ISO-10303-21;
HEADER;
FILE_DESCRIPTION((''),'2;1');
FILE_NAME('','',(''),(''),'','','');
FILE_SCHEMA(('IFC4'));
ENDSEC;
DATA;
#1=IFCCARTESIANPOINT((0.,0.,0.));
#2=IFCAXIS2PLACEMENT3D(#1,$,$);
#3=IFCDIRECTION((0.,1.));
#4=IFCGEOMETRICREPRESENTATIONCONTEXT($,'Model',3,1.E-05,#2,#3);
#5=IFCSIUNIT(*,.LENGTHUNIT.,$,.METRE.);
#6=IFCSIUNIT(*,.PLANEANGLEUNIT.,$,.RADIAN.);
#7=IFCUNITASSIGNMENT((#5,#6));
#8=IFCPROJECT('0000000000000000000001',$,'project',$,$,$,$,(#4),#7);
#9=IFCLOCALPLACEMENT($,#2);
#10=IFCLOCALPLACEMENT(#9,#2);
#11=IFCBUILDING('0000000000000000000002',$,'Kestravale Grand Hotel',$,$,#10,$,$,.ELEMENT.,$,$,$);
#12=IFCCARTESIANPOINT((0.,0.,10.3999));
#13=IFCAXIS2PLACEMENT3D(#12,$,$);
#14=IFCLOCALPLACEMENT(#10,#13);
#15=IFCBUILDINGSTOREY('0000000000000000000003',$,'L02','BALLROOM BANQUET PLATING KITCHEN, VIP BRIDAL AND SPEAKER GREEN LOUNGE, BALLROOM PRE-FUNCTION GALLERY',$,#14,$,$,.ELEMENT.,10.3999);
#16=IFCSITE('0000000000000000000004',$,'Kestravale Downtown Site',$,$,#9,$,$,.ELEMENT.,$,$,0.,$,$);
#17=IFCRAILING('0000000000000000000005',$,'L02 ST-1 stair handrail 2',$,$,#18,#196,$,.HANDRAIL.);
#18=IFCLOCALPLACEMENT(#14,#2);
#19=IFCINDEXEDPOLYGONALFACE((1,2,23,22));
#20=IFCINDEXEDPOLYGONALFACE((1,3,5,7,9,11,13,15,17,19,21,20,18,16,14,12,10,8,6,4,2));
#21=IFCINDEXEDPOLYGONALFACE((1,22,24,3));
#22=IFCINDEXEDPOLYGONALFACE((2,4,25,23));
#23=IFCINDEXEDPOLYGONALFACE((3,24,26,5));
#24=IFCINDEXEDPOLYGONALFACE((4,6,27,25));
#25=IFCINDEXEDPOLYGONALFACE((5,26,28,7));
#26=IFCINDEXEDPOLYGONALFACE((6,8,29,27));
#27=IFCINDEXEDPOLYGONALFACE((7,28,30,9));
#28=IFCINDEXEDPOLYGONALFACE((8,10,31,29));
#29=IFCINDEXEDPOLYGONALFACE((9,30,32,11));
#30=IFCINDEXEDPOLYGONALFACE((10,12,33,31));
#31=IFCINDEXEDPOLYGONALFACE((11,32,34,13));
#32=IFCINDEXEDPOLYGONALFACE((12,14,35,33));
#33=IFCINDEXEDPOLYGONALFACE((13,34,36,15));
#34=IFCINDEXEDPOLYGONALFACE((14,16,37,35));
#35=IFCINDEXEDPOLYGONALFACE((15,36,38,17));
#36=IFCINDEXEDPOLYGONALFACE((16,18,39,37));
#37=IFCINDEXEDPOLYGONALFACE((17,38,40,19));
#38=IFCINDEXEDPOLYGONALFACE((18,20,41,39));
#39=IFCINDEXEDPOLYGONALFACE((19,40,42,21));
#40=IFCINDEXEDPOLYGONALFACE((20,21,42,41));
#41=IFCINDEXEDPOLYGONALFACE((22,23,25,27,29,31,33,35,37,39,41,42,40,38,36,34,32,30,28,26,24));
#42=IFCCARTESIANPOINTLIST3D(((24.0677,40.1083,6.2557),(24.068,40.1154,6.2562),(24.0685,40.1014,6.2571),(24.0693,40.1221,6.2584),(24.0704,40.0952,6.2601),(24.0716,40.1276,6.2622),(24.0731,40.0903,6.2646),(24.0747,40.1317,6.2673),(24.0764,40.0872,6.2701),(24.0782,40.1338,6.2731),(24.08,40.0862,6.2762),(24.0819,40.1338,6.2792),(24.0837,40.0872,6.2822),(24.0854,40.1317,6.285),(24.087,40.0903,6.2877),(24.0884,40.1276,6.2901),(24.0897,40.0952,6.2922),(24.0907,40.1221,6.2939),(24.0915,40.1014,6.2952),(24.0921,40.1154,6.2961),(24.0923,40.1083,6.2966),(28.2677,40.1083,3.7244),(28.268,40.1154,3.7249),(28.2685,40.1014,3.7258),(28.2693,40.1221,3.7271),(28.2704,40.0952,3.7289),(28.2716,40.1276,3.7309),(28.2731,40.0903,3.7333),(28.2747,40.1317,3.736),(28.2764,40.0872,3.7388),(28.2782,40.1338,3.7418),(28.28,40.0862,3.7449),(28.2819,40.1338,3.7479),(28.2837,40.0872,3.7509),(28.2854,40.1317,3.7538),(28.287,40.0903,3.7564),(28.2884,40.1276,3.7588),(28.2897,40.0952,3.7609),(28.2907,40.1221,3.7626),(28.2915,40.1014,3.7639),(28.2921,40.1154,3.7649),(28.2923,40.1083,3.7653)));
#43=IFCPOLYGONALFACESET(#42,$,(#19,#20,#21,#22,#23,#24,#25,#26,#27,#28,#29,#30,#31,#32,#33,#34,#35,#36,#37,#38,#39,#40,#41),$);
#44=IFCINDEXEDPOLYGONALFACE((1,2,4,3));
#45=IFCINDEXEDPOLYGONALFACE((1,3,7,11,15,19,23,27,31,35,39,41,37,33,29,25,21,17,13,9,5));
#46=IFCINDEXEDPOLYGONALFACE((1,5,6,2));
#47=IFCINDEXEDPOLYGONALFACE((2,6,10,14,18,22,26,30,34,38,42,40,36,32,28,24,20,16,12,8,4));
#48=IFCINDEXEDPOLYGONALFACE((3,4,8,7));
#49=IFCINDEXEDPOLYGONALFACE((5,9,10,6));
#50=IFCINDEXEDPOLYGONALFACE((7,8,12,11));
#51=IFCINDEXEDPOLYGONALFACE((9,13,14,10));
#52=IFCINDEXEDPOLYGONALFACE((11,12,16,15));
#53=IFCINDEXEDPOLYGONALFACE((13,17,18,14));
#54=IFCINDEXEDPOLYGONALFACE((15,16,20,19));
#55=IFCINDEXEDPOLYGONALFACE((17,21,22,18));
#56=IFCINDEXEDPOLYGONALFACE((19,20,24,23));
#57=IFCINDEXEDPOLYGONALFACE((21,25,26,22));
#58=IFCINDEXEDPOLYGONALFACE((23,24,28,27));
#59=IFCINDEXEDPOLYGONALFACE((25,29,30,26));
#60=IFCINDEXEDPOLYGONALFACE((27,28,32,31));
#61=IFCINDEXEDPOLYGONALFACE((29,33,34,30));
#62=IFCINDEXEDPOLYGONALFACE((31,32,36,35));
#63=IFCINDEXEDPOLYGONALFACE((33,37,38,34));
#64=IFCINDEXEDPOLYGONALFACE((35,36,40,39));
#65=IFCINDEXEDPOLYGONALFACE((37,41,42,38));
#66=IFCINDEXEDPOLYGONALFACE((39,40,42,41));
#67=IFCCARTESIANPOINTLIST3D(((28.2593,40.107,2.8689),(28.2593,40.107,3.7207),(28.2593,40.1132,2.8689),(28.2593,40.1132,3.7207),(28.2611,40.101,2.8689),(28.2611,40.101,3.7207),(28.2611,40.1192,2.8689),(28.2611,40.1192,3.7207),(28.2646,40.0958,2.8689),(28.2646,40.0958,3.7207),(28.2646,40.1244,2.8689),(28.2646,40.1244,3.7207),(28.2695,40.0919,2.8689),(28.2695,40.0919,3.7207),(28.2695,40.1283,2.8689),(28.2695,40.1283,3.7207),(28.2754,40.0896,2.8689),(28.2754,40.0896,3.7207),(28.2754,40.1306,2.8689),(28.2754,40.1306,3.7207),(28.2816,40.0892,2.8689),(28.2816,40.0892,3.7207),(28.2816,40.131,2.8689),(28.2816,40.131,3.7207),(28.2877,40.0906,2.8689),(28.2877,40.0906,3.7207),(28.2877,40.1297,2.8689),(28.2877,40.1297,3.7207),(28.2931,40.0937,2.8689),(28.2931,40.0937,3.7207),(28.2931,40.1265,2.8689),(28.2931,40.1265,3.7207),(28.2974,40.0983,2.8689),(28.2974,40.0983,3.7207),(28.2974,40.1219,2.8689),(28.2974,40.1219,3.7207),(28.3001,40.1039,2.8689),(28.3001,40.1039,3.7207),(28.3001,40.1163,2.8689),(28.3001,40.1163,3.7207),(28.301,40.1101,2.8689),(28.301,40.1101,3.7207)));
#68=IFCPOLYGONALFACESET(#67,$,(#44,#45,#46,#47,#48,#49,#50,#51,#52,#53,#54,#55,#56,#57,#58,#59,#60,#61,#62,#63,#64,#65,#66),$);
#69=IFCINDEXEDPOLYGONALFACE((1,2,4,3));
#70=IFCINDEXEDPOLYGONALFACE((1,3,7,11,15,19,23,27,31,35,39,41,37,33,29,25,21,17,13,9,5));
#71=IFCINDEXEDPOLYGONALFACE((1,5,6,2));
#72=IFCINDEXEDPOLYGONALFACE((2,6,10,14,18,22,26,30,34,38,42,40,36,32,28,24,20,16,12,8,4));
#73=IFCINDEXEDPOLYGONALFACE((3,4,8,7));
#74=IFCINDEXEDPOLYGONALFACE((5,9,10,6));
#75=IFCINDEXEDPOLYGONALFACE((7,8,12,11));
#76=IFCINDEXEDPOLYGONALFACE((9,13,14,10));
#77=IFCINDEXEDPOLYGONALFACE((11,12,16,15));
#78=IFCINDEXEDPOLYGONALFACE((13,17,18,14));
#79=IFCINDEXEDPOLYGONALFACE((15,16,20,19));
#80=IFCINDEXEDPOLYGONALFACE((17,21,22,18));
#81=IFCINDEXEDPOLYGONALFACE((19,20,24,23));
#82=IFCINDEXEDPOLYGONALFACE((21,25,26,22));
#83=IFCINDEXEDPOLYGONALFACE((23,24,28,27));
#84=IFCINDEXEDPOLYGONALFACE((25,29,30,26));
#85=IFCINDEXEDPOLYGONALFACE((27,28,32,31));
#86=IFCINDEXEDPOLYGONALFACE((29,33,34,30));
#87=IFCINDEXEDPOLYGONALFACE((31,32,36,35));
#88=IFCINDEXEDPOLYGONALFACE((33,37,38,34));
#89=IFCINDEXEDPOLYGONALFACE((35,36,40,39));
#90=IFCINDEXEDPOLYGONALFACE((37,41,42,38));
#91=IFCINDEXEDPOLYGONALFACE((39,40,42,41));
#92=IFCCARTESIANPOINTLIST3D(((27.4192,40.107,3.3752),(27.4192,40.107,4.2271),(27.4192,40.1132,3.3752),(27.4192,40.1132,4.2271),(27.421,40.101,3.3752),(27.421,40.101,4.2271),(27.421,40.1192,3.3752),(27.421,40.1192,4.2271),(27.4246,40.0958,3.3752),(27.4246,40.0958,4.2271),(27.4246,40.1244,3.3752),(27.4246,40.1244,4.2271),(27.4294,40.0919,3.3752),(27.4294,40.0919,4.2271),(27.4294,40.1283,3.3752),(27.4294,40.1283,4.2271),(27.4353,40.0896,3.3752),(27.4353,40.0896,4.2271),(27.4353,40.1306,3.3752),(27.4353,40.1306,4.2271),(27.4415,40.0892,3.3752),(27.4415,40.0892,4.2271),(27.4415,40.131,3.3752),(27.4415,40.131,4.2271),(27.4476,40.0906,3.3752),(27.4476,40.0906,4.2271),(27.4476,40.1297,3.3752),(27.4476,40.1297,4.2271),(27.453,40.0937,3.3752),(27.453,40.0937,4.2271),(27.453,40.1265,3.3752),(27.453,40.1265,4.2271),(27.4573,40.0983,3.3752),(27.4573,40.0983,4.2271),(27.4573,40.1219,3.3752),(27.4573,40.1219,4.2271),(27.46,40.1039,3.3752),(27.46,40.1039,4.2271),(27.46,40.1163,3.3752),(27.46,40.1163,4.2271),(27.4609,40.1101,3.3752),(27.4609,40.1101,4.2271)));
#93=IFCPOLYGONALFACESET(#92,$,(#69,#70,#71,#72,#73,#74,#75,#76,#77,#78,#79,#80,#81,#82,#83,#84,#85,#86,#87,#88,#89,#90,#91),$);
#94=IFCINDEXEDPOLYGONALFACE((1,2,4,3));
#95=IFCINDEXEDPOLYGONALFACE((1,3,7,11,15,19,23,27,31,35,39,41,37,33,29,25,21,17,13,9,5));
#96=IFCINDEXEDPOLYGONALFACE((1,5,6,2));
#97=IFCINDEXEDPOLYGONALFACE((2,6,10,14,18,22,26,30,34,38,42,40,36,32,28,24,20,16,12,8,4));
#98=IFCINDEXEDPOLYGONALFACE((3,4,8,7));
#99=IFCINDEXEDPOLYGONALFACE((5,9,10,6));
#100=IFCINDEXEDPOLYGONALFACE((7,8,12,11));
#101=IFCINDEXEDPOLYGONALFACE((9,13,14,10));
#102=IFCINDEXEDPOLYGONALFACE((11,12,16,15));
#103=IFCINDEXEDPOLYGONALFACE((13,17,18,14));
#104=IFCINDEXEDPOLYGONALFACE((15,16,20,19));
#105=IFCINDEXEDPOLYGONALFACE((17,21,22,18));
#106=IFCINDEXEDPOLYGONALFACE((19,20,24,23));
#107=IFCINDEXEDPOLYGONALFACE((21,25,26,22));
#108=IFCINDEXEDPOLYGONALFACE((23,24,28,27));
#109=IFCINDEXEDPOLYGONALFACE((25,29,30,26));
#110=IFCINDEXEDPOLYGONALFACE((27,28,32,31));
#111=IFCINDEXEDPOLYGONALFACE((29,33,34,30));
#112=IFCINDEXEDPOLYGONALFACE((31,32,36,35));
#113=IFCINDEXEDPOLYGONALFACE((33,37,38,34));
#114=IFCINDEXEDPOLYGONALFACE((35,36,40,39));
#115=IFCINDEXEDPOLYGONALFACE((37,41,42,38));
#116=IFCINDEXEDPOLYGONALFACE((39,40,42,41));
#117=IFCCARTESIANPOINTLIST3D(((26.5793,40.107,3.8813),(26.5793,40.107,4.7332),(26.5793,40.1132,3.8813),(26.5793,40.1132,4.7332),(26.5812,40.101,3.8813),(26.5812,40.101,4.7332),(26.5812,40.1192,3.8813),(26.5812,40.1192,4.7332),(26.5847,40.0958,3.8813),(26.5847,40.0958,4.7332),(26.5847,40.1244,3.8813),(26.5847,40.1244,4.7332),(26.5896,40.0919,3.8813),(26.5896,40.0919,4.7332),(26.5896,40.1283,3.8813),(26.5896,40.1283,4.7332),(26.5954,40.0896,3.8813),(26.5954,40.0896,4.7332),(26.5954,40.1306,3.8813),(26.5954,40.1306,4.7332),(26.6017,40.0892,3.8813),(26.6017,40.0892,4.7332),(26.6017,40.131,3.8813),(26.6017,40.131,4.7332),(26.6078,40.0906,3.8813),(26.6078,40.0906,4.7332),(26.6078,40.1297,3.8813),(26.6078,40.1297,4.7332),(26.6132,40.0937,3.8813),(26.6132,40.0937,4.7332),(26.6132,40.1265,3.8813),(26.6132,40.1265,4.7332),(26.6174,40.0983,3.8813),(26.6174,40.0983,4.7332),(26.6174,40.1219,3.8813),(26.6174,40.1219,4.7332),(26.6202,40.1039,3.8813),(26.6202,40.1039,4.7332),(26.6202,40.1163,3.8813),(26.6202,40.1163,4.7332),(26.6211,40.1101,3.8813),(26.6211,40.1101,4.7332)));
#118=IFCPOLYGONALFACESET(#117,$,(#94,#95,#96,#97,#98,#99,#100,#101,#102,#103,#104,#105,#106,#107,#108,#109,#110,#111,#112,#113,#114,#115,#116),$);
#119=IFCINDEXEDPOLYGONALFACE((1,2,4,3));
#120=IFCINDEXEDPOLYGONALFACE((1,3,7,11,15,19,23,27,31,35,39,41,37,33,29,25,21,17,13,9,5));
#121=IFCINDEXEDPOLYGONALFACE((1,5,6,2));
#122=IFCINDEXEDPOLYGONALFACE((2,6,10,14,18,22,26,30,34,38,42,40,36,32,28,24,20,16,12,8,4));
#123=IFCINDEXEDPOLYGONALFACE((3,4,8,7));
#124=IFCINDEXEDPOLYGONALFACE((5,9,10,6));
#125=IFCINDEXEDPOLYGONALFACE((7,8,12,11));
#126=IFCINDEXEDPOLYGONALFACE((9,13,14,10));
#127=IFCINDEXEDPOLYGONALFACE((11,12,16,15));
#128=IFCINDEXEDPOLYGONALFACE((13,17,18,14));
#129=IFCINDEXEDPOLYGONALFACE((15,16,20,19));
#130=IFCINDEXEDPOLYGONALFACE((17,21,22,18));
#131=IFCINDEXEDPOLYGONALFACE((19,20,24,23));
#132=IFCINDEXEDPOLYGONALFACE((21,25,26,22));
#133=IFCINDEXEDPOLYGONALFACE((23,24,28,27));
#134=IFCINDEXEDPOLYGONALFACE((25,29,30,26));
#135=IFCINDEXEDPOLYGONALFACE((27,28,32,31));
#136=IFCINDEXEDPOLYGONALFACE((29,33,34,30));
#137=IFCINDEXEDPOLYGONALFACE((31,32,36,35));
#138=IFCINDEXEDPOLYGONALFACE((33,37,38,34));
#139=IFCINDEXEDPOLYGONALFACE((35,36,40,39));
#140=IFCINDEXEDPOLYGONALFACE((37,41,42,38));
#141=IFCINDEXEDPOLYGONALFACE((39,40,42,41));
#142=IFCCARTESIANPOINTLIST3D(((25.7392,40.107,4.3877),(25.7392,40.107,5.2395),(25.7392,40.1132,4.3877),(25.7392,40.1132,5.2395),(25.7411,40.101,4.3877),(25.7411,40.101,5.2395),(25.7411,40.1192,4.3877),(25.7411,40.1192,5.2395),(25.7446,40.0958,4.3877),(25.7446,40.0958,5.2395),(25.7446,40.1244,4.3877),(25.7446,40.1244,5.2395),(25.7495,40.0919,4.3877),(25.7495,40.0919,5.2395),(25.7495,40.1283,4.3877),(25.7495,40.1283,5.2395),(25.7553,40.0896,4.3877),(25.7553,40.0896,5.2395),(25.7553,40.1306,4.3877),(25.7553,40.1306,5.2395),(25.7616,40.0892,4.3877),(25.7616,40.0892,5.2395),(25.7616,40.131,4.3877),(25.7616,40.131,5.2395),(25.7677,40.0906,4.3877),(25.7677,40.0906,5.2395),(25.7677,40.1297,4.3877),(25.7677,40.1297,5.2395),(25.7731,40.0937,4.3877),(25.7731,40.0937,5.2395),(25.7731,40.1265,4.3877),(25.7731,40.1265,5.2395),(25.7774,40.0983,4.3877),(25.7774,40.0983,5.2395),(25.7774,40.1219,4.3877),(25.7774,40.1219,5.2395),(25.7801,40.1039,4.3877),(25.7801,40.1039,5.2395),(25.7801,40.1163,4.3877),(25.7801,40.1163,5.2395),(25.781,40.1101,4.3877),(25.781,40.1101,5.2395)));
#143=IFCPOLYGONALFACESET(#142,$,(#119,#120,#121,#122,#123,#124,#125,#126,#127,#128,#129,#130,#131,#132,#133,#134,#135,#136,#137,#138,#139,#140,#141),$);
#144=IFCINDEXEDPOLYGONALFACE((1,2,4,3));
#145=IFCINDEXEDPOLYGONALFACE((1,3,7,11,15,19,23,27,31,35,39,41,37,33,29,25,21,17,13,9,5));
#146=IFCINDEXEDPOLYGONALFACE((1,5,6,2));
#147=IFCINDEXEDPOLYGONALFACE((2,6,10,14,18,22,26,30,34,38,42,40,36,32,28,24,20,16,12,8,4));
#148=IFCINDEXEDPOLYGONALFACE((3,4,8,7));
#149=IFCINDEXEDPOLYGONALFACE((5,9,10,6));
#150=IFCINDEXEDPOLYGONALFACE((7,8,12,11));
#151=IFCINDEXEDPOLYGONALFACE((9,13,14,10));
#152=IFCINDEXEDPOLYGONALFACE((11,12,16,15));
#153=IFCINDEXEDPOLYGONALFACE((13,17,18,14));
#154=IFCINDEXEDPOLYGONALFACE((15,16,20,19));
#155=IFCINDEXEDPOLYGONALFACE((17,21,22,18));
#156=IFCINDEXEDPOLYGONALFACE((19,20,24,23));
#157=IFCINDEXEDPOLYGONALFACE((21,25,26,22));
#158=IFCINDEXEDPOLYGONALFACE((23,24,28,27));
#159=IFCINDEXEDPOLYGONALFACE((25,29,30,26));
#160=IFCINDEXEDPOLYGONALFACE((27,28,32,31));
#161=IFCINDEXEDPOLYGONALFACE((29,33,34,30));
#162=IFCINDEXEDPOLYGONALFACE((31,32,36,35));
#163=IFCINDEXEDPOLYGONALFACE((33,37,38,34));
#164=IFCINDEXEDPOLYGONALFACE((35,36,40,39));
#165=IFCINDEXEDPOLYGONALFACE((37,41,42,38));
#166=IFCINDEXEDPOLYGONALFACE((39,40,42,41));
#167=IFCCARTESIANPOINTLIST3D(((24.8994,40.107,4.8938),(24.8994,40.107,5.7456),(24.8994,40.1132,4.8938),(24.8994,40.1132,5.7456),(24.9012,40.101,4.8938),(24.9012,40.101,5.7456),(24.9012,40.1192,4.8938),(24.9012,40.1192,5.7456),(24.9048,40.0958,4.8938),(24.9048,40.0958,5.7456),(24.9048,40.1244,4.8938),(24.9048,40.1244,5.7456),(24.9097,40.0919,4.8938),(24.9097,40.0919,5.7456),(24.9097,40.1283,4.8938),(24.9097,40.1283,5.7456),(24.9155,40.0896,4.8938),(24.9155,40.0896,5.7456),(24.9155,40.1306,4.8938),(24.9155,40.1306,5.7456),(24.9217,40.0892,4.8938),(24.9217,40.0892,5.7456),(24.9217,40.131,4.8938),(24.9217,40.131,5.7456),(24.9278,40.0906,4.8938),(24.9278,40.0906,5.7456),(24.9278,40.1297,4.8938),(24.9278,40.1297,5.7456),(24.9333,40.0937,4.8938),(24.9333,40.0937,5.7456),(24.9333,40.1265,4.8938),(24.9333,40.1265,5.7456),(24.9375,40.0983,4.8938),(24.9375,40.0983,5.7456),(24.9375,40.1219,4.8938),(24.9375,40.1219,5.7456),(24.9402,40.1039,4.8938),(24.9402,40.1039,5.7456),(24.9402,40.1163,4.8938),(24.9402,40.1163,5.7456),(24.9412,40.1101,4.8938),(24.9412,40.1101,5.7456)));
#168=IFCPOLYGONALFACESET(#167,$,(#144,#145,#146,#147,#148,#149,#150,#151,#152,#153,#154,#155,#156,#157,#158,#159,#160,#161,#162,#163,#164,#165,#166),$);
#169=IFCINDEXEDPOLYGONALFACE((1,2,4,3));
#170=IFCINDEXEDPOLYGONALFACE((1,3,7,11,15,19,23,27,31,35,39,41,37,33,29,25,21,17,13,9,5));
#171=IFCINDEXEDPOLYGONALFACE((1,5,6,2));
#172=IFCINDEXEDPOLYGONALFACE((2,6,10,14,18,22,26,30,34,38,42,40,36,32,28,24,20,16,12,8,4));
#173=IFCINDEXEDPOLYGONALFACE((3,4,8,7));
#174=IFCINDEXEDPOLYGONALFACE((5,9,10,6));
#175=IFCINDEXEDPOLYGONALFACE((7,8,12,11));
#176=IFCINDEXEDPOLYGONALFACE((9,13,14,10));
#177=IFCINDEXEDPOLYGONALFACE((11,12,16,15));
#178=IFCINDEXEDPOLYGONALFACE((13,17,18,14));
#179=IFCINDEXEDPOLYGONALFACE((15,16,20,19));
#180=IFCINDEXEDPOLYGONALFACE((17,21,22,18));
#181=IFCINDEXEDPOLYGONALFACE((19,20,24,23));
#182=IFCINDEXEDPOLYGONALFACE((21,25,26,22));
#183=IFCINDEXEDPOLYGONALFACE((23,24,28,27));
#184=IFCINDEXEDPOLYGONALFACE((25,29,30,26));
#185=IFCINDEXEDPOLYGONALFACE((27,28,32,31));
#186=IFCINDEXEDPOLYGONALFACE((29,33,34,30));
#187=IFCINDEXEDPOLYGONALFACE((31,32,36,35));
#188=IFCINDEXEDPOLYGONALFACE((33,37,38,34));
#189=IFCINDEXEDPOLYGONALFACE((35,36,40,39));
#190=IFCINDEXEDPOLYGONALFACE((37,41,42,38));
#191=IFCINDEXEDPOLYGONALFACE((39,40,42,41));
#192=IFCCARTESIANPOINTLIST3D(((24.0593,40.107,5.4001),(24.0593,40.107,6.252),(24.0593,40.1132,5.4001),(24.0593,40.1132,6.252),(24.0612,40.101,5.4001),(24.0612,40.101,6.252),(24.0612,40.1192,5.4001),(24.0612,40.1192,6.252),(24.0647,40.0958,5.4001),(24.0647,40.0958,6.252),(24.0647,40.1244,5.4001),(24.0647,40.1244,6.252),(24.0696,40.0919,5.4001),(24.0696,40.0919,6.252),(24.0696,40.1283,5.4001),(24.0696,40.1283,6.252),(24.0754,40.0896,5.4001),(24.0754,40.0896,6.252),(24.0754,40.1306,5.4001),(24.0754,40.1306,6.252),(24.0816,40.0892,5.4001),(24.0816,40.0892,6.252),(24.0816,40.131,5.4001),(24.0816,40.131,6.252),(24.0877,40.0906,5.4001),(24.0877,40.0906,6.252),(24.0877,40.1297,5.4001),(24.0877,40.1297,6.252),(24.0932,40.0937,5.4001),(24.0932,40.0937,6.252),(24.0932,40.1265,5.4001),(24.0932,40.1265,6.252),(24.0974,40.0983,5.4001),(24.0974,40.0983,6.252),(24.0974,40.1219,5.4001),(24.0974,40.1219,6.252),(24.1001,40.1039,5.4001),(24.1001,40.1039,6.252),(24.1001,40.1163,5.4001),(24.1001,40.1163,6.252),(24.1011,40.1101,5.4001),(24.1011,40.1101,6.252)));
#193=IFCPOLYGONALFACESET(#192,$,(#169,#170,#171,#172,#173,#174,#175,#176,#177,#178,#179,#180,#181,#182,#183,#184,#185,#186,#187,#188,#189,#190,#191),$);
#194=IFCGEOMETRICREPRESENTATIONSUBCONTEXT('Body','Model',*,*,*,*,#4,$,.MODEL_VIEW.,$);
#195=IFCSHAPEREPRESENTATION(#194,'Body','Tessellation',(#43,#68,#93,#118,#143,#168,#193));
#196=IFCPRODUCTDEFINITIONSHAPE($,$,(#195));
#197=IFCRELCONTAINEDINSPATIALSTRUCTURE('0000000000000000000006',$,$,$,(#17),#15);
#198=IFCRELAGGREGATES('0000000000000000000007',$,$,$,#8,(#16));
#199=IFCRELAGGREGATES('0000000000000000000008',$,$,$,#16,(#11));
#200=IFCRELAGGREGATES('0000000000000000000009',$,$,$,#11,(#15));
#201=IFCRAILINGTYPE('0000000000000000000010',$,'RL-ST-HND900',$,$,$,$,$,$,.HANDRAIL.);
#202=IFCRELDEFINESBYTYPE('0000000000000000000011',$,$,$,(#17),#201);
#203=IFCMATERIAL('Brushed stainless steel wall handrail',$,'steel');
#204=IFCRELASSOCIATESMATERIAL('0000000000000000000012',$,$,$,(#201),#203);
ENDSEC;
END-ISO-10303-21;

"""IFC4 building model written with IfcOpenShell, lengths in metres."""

from ifc_helpers import new_model, si_unit, direction, frame, origin, origin_2d, place, context, subcontext, project, spatial, circle, extrude, material, type_object, element, save


model = new_model("IFC4")

# Units and contexts
model_context = context("Model", 3, precision=1e-05, world=origin(), true_north=direction((0.0, 1.0)))
body_context = subcontext(model_context, "Body", "Model", "MODEL_VIEW")
ifc_project = project(units=[si_unit("LENGTHUNIT", "METRE"), si_unit("PLANEANGLEUNIT", "RADIAN")], contexts=[model_context])

# Site, building, storey
site_placement = place(None, origin())
site = spatial("IfcSite", under=ifc_project, at=site_placement, Name="Kestravale Downtown Site", CompositionType="ELEMENT", RefElevation=0.0)
building_placement = place(site_placement, origin())
building = spatial("IfcBuilding", under=site, at=building_placement, Name="Kestravale Grand Hotel", CompositionType="ELEMENT")
storey_placement = place(building_placement, frame((0.0, 0.0, 10.3999)))
storey = spatial("IfcBuildingStorey", under=building, at=storey_placement, Name="L02", Description="BALLROOM BANQUET PLATING KITCHEN, VIP BRIDAL AND SPEAKER GREEN LOUNGE, BALLROOM PRE-FUNCTION GALLERY", CompositionType="ELEMENT", Elevation=10.3999)

# Railing
ifc_material_1 = material(Name="Brushed stainless steel wall handrail", Category="steel")
railing_type_1 = type_object("IfcRailingType", Name="RL-ST-HND900", PredefinedType="HANDRAIL", material=ifc_material_1)
railing_1_placement = place(storey_placement, frame((28.28, 40.1101, 2.8689)))
element("IfcRailing", 1, at=railing_1_placement, inside=storey, type_object=railing_type_1, Name="L02 ST-1 stair handrail 2", PredefinedType="HANDRAIL", context=body_context, shape_type="SweptSolid", body=[
    extrude(circle(Radius=0.0239, at=origin_2d()), frame((0.0, 0.0, 0.876), z_axis=(-0.856476, 0.0, 0.516186), x_axis=(0.0, -1.0, 0.0)), (0.0, 0.0, 1.0), 4.9038),
    extrude(circle(Radius=0.021, at=origin_2d()), origin(), (0.0, 0.0, 1.0), 0.8518),
    extrude(circle(Radius=0.021, at=origin_2d()), frame((-0.8401, 0.0, 0.5063)), (0.0, 0.0, 1.0), 0.8518),
    extrude(circle(Radius=0.021, at=origin_2d()), frame((-1.6799, 0.0, 1.0125)), (0.0, 0.0, 1.0), 0.8518),
    extrude(circle(Radius=0.021, at=origin_2d()), frame((-2.52, 0.0, 1.5188)), (0.0, 0.0, 1.0), 0.8518),
    extrude(circle(Radius=0.021, at=origin_2d()), frame((-3.3599, 0.0, 2.0249)), (0.0, 0.0, 1.0), 0.8518),
    extrude(circle(Radius=0.021, at=origin_2d()), frame((-4.2, 0.0, 2.5312)), (0.0, 0.0, 1.0), 0.8518),
])

save(model, "model.ifc")
